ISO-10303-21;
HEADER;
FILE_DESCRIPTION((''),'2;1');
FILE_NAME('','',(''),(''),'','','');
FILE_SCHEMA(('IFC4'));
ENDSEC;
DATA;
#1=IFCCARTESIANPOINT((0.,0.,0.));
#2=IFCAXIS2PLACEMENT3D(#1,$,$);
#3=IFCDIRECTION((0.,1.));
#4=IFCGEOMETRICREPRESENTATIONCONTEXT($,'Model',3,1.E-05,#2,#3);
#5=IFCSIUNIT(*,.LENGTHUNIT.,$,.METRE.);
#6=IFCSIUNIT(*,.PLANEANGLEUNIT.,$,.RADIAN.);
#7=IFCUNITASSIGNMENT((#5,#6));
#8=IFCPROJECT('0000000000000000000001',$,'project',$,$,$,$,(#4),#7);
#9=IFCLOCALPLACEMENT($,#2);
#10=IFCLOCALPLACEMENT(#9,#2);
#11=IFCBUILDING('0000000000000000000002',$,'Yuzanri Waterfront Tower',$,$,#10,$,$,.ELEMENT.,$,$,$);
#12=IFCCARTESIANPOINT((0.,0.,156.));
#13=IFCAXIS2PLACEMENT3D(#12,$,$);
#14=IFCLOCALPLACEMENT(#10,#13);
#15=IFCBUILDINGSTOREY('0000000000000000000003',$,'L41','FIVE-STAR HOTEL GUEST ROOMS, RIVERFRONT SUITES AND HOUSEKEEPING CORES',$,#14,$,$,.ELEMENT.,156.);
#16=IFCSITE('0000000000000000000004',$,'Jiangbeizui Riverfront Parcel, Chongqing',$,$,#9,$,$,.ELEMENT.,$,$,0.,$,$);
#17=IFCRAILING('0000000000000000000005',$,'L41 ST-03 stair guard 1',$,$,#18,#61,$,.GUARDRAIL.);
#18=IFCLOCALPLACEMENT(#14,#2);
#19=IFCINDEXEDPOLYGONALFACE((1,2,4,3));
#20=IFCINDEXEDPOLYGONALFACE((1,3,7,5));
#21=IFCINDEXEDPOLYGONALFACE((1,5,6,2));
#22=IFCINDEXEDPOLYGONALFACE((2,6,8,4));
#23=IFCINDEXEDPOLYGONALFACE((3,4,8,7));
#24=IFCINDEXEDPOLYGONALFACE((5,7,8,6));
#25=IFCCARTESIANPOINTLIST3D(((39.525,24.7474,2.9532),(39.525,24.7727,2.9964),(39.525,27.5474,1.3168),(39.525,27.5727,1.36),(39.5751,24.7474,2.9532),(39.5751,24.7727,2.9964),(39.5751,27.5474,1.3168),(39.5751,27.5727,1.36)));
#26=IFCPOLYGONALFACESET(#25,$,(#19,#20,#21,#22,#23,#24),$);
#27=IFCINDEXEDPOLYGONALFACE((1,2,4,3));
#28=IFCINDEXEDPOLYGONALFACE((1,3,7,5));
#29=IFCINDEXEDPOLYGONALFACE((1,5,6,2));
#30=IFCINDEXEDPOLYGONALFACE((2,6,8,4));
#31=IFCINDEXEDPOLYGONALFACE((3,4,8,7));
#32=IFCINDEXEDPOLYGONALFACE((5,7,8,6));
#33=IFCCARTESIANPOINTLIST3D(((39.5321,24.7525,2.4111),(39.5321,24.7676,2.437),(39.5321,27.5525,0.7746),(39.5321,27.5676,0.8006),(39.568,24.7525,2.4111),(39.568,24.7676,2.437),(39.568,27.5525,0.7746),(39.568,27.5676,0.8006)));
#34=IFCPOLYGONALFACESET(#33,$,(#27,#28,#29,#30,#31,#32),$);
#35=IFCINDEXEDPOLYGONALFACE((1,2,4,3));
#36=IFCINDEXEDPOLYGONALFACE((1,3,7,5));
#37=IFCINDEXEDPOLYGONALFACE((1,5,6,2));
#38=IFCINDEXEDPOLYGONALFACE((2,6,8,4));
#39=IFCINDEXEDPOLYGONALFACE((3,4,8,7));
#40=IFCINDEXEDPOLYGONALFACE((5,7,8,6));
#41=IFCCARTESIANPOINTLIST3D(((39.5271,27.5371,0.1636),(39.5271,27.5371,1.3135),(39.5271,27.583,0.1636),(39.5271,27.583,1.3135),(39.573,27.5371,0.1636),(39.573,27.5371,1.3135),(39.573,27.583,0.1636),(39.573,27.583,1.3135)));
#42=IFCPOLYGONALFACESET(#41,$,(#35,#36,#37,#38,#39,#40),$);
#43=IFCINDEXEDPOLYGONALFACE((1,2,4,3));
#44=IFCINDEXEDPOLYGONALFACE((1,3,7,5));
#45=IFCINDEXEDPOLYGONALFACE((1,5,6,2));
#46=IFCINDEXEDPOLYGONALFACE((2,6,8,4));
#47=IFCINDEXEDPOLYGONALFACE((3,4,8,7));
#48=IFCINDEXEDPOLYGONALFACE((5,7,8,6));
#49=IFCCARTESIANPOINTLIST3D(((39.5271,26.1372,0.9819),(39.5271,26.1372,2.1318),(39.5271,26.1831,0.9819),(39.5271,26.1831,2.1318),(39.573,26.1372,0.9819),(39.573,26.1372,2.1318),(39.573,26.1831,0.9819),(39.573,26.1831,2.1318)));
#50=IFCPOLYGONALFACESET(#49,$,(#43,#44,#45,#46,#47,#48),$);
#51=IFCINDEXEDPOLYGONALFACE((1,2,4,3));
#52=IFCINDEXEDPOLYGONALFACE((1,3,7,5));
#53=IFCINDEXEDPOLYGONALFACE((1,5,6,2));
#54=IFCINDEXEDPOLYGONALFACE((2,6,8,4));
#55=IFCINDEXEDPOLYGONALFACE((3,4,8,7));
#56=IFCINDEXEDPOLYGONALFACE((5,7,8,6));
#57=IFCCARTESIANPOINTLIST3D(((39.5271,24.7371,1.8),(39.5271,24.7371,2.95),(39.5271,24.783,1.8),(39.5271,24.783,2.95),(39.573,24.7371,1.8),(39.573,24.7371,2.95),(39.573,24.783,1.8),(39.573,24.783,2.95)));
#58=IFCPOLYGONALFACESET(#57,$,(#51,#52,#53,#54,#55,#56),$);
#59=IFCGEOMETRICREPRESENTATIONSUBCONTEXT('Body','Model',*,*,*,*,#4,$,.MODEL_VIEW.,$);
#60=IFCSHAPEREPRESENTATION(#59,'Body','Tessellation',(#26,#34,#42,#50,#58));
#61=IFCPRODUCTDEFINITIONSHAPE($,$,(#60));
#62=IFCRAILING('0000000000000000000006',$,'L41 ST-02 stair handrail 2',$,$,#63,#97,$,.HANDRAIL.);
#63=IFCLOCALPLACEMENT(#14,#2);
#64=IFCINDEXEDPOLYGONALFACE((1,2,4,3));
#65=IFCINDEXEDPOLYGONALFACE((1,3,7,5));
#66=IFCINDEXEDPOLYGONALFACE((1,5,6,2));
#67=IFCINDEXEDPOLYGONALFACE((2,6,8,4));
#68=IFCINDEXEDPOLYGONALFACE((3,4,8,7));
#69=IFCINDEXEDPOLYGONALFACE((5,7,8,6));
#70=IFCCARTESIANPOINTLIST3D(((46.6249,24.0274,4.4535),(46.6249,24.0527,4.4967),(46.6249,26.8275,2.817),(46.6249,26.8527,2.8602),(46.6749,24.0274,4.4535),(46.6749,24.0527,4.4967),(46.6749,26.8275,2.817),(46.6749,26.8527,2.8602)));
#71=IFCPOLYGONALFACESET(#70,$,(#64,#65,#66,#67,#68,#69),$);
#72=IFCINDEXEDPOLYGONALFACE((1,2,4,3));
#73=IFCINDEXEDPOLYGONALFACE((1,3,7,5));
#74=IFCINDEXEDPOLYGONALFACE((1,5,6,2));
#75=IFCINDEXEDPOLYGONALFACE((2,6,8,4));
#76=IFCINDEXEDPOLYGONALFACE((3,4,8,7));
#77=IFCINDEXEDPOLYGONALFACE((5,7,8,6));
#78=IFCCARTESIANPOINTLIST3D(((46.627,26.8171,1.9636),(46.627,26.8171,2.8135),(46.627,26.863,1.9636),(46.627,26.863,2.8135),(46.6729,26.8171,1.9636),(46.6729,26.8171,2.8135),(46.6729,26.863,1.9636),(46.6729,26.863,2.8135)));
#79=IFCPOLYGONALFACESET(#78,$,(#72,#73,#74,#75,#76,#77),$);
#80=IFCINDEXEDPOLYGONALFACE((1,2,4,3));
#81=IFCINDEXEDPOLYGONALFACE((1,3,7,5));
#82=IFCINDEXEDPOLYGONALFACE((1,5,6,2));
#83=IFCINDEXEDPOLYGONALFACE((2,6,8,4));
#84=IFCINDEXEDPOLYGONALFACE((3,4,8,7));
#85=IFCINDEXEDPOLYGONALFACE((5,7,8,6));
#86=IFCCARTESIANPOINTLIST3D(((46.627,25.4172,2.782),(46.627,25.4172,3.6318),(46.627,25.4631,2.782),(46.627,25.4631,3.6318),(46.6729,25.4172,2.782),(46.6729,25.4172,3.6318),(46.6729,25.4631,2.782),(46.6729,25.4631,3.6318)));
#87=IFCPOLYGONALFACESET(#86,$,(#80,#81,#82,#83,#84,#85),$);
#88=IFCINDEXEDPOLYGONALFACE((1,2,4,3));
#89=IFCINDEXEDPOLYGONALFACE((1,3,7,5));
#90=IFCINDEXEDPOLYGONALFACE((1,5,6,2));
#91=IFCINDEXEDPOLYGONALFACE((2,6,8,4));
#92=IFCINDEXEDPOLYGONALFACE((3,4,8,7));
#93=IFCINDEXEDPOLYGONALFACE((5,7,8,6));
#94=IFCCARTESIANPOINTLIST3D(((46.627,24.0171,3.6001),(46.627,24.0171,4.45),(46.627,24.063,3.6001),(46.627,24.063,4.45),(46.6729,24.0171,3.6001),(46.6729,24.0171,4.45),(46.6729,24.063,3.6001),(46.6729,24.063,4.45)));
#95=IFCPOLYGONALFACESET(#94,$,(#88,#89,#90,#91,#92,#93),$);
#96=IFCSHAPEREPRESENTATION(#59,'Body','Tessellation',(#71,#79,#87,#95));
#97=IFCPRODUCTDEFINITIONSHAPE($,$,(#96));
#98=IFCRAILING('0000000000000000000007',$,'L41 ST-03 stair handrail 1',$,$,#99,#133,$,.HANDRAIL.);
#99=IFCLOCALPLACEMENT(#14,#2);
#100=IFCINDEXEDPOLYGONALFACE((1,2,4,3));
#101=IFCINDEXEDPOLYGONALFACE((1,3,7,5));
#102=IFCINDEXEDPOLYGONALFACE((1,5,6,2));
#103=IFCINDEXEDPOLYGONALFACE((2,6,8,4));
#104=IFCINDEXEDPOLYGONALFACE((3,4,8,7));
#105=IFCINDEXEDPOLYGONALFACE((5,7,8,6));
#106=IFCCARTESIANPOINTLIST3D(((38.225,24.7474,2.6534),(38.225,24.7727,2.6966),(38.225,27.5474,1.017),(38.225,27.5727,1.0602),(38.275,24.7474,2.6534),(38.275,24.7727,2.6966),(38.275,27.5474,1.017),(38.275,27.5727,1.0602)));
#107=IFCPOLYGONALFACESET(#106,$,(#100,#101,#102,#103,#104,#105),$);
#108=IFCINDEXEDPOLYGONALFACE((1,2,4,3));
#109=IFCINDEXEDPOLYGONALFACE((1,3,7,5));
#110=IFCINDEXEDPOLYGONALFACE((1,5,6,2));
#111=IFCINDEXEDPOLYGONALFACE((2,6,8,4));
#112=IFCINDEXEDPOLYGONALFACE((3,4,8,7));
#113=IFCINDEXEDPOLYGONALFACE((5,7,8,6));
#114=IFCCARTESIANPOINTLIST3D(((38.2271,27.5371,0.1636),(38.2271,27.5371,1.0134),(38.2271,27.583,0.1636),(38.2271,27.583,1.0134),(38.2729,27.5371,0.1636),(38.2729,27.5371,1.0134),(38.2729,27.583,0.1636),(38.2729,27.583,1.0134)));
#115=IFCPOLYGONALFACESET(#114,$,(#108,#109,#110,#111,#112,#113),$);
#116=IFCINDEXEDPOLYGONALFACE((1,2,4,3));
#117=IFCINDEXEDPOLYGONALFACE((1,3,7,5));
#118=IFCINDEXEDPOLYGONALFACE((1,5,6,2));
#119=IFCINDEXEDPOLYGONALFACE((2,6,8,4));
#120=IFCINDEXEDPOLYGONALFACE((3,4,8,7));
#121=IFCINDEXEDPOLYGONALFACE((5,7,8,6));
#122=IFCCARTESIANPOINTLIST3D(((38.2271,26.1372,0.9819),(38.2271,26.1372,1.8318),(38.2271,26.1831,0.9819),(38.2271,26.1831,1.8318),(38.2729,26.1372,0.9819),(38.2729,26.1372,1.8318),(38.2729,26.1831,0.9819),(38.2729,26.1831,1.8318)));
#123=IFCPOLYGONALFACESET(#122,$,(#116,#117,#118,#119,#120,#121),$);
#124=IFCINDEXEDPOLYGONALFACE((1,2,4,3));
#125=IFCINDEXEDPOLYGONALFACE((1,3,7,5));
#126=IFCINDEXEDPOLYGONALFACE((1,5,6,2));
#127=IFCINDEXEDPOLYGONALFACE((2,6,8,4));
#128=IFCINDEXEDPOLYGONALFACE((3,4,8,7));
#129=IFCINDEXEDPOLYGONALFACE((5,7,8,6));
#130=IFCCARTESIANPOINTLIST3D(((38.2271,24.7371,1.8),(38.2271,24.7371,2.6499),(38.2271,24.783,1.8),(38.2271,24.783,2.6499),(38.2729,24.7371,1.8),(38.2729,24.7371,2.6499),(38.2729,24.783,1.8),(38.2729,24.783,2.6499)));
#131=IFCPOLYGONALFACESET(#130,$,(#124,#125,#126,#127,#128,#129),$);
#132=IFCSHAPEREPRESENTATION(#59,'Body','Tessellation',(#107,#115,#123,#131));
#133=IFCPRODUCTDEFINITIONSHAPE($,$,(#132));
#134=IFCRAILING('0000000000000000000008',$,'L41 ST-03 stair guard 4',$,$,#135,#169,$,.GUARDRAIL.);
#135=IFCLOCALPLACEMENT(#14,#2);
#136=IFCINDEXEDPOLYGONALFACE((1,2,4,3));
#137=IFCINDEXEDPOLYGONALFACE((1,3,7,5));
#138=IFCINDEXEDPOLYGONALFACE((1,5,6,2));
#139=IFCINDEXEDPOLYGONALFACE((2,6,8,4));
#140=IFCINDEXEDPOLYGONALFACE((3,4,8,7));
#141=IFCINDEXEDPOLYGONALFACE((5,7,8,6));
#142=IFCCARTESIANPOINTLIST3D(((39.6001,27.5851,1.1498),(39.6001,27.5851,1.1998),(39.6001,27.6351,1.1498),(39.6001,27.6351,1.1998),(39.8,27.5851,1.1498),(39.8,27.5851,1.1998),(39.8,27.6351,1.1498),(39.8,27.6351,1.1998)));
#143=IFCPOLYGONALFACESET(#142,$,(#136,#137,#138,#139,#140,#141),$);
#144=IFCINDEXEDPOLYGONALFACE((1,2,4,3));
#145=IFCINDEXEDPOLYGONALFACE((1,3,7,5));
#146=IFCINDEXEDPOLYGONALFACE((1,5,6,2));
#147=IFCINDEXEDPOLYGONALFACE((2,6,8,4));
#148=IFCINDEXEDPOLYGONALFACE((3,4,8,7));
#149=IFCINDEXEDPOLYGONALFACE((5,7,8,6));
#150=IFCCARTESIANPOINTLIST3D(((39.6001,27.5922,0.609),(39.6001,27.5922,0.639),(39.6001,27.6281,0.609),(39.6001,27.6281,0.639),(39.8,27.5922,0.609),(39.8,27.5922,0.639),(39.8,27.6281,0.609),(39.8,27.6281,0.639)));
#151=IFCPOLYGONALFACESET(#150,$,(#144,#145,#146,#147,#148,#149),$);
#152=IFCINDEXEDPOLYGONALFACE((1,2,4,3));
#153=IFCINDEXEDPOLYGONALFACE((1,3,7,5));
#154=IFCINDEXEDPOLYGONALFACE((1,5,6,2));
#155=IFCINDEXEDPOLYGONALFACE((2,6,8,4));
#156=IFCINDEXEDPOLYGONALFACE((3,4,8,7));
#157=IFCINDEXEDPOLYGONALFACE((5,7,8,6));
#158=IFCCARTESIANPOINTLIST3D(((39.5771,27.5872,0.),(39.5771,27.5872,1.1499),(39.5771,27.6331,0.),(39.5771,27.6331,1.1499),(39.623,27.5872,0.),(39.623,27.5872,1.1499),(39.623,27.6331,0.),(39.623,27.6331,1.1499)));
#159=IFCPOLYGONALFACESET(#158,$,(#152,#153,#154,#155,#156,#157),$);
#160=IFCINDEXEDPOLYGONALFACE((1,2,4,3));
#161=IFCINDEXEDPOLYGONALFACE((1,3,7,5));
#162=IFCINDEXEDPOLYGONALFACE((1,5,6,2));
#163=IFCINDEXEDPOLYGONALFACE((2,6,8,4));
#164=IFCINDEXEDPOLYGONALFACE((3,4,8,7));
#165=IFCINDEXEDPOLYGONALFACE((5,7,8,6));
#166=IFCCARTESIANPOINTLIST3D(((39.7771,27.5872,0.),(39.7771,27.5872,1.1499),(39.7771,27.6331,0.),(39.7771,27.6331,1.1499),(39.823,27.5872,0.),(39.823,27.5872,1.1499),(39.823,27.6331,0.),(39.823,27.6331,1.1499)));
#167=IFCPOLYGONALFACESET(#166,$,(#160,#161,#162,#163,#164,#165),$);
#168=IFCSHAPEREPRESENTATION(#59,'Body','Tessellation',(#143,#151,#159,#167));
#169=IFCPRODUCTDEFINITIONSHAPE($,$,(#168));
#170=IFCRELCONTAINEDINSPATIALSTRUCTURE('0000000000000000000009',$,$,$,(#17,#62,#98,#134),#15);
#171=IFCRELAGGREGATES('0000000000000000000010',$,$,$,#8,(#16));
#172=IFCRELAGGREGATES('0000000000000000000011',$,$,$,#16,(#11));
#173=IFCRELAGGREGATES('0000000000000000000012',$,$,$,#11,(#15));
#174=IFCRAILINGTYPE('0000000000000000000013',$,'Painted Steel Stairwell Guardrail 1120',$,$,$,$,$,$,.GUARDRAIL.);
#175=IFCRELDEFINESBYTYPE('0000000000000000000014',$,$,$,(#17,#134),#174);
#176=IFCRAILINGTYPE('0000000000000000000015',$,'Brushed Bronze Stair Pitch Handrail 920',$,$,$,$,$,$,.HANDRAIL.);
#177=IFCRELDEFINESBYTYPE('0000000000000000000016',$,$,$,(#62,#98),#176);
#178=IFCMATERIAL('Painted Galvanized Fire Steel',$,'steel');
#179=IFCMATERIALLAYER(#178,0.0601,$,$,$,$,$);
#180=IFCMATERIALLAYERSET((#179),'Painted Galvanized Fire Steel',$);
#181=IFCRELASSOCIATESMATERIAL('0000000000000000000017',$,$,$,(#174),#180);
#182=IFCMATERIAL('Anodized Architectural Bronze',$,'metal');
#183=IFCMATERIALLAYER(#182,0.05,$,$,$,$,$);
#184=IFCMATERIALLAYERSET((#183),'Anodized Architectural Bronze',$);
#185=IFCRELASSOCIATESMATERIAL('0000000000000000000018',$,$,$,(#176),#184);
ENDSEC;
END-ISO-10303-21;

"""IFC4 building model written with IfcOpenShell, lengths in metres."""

from ifc_helpers import new_model, si_unit, direction, frame, origin, origin_2d, place, context, subcontext, project, spatial, rectangle, extrude, source, transform, mapped, material, layer, layer_set, type_object, element, save


model = new_model("IFC4")

# Units and contexts
model_context = context("Model", 3, precision=1e-05, world=origin(), true_north=direction((0.0, 1.0)))
body_context = subcontext(model_context, "Body", "Model", "MODEL_VIEW")
ifc_project = project(units=[si_unit("LENGTHUNIT", "METRE"), si_unit("PLANEANGLEUNIT", "RADIAN")], contexts=[model_context])

# Site, building, storey
site_placement = place(None, origin())
site = spatial("IfcSite", under=ifc_project, at=site_placement, Name="Jiangbeizui Riverfront Parcel, Chongqing", CompositionType="ELEMENT", RefElevation=0.0)
building_placement = place(site_placement, origin())
building = spatial("IfcBuilding", under=site, at=building_placement, Name="Yuzanri Waterfront Tower", CompositionType="ELEMENT")
storey_placement = place(building_placement, frame((0.0, 0.0, 156.0)))
storey = spatial("IfcBuildingStorey", under=building, at=storey_placement, Name="L41", Description="FIVE-STAR HOTEL GUEST ROOMS, RIVERFRONT SUITES AND HOUSEKEEPING CORES", CompositionType="ELEMENT", Elevation=156.0)

# Railings
ifc_material_1 = material(Name="Painted Galvanized Fire Steel", Category="steel")
ifc_layer_1 = layer(ifc_material_1, 0.0601)
ifc_layer_set_1 = layer_set([ifc_layer_1], Name="Painted Galvanized Fire Steel")
railing_type_1 = type_object("IfcRailingType", Name="Painted Steel Stairwell Guardrail 1120", PredefinedType="GUARDRAIL", material=ifc_layer_set_1)
shared_shape_1 = source(origin(), body_context, "Body", "SweptSolid", [
    extrude(rectangle(XDim=0.05, YDim=0.05, at=origin_2d()), frame((0.0, 0.0, 1.1748), z_axis=(0.0, -0.863361, 0.504587), x_axis=(1.0, 0.0, 0.0)), (0.0, 0.0, 1.0), 3.2432),
    extrude(rectangle(XDim=0.0359, YDim=0.03, at=origin_2d()), frame((0.0, 0.0, 0.624), z_axis=(0.0, -0.863361, 0.504587), x_axis=(1.0, 0.0, 0.0)), (0.0, 0.0, 1.0), 3.2432),
    extrude(rectangle(XDim=0.0459, YDim=0.0459, at=origin_2d()), origin(), (0.0, 0.0, 1.0), 1.1499),
    extrude(rectangle(XDim=0.0459, YDim=0.0459, at=origin_2d()), frame((0.0, -1.3999, 0.8184)), (0.0, 0.0, 1.0), 1.1499),
    extrude(rectangle(XDim=0.0459, YDim=0.0459, at=origin_2d()), frame((0.0, -2.8, 1.6365)), (0.0, 0.0, 1.0), 1.1499),
])
railing_1_placement = place(storey_placement, frame((39.55, 27.5601, 0.1636)))
element("IfcRailing", 1, at=railing_1_placement, inside=storey, type_object=railing_type_1, Name="L41 ST-03 stair guard 1", PredefinedType="GUARDRAIL", context=body_context, shape_type="MappedRepresentation", body=[
    mapped(shared_shape_1, transform((0.0, 0.0, 0.0), scale=1.0)),
])
ifc_material_2 = material(Name="Anodized Architectural Bronze", Category="metal")
ifc_layer_2 = layer(ifc_material_2, 0.05)
ifc_layer_set_2 = layer_set([ifc_layer_2], Name="Anodized Architectural Bronze")
railing_type_2 = type_object("IfcRailingType", Name="Brushed Bronze Stair Pitch Handrail 920", PredefinedType="HANDRAIL", material=ifc_layer_set_2)
shared_shape_2 = source(origin(), body_context, "Body", "SweptSolid", [
    extrude(rectangle(XDim=0.05, YDim=0.05, at=origin_2d()), frame((0.0, 0.0, 0.875), z_axis=(0.0, -0.863361, 0.504587), x_axis=(1.0, 0.0, 0.0)), (0.0, 0.0, 1.0), 3.2432),
    extrude(rectangle(XDim=0.0459, YDim=0.0459, at=origin_2d()), origin(), (0.0, 0.0, 1.0), 0.8499),
    extrude(rectangle(XDim=0.0459, YDim=0.0459, at=origin_2d()), frame((0.0, -1.3999, 0.8184)), (0.0, 0.0, 1.0), 0.8499),
    extrude(rectangle(XDim=0.0459, YDim=0.0459, at=origin_2d()), frame((0.0, -2.8, 1.6365)), (0.0, 0.0, 1.0), 0.8499),
])
for number, where, name in (
    (2, (46.6499, 26.8401, 1.9636), "L41 ST-02 stair handrail 2"),
    (3, (38.25, 27.5601, 0.1636), "L41 ST-03 stair handrail 1"),
):
    element("IfcRailing", number, at=place(storey_placement, frame(where)), inside=storey, type_object=railing_type_2, Name=name, PredefinedType="HANDRAIL", context=body_context, shape_type="MappedRepresentation", body=[
        mapped(shared_shape_2, transform((0.0, 0.0, 0.0), scale=1.0)),
    ])
shared_shape_3 = source(origin(), body_context, "Body", "SweptSolid", [
    extrude(rectangle(XDim=0.05, YDim=0.05, at=origin_2d()), frame((0.0, 0.0, 1.1748), z_axis=(1.0, 0.0, 0.0), x_axis=(0.0, 1.0, 0.0)), (0.0, 0.0, 1.0), 0.2),
    extrude(rectangle(XDim=0.0359, YDim=0.03, at=origin_2d()), frame((0.0, 0.0, 0.624), z_axis=(1.0, 0.0, 0.0), x_axis=(0.0, 1.0, 0.0)), (0.0, 0.0, 1.0), 0.2),
    extrude(rectangle(XDim=0.0459, YDim=0.0459, at=origin_2d()), origin(), (0.0, 0.0, 1.0), 1.1499),
    extrude(rectangle(XDim=0.0459, YDim=0.0459, at=origin_2d()), frame((0.2, 0.0, 0.0)), (0.0, 0.0, 1.0), 1.1499),
])
railing_2_placement = place(storey_placement, frame((39.6001, 27.6101, 0.0)))
element("IfcRailing", 4, at=railing_2_placement, inside=storey, type_object=railing_type_1, Name="L41 ST-03 stair guard 4", PredefinedType="GUARDRAIL", context=body_context, shape_type="MappedRepresentation", body=[
    mapped(shared_shape_3, transform((0.0, 0.0, 0.0), scale=1.0)),
])

save(model, "model.ifc")
